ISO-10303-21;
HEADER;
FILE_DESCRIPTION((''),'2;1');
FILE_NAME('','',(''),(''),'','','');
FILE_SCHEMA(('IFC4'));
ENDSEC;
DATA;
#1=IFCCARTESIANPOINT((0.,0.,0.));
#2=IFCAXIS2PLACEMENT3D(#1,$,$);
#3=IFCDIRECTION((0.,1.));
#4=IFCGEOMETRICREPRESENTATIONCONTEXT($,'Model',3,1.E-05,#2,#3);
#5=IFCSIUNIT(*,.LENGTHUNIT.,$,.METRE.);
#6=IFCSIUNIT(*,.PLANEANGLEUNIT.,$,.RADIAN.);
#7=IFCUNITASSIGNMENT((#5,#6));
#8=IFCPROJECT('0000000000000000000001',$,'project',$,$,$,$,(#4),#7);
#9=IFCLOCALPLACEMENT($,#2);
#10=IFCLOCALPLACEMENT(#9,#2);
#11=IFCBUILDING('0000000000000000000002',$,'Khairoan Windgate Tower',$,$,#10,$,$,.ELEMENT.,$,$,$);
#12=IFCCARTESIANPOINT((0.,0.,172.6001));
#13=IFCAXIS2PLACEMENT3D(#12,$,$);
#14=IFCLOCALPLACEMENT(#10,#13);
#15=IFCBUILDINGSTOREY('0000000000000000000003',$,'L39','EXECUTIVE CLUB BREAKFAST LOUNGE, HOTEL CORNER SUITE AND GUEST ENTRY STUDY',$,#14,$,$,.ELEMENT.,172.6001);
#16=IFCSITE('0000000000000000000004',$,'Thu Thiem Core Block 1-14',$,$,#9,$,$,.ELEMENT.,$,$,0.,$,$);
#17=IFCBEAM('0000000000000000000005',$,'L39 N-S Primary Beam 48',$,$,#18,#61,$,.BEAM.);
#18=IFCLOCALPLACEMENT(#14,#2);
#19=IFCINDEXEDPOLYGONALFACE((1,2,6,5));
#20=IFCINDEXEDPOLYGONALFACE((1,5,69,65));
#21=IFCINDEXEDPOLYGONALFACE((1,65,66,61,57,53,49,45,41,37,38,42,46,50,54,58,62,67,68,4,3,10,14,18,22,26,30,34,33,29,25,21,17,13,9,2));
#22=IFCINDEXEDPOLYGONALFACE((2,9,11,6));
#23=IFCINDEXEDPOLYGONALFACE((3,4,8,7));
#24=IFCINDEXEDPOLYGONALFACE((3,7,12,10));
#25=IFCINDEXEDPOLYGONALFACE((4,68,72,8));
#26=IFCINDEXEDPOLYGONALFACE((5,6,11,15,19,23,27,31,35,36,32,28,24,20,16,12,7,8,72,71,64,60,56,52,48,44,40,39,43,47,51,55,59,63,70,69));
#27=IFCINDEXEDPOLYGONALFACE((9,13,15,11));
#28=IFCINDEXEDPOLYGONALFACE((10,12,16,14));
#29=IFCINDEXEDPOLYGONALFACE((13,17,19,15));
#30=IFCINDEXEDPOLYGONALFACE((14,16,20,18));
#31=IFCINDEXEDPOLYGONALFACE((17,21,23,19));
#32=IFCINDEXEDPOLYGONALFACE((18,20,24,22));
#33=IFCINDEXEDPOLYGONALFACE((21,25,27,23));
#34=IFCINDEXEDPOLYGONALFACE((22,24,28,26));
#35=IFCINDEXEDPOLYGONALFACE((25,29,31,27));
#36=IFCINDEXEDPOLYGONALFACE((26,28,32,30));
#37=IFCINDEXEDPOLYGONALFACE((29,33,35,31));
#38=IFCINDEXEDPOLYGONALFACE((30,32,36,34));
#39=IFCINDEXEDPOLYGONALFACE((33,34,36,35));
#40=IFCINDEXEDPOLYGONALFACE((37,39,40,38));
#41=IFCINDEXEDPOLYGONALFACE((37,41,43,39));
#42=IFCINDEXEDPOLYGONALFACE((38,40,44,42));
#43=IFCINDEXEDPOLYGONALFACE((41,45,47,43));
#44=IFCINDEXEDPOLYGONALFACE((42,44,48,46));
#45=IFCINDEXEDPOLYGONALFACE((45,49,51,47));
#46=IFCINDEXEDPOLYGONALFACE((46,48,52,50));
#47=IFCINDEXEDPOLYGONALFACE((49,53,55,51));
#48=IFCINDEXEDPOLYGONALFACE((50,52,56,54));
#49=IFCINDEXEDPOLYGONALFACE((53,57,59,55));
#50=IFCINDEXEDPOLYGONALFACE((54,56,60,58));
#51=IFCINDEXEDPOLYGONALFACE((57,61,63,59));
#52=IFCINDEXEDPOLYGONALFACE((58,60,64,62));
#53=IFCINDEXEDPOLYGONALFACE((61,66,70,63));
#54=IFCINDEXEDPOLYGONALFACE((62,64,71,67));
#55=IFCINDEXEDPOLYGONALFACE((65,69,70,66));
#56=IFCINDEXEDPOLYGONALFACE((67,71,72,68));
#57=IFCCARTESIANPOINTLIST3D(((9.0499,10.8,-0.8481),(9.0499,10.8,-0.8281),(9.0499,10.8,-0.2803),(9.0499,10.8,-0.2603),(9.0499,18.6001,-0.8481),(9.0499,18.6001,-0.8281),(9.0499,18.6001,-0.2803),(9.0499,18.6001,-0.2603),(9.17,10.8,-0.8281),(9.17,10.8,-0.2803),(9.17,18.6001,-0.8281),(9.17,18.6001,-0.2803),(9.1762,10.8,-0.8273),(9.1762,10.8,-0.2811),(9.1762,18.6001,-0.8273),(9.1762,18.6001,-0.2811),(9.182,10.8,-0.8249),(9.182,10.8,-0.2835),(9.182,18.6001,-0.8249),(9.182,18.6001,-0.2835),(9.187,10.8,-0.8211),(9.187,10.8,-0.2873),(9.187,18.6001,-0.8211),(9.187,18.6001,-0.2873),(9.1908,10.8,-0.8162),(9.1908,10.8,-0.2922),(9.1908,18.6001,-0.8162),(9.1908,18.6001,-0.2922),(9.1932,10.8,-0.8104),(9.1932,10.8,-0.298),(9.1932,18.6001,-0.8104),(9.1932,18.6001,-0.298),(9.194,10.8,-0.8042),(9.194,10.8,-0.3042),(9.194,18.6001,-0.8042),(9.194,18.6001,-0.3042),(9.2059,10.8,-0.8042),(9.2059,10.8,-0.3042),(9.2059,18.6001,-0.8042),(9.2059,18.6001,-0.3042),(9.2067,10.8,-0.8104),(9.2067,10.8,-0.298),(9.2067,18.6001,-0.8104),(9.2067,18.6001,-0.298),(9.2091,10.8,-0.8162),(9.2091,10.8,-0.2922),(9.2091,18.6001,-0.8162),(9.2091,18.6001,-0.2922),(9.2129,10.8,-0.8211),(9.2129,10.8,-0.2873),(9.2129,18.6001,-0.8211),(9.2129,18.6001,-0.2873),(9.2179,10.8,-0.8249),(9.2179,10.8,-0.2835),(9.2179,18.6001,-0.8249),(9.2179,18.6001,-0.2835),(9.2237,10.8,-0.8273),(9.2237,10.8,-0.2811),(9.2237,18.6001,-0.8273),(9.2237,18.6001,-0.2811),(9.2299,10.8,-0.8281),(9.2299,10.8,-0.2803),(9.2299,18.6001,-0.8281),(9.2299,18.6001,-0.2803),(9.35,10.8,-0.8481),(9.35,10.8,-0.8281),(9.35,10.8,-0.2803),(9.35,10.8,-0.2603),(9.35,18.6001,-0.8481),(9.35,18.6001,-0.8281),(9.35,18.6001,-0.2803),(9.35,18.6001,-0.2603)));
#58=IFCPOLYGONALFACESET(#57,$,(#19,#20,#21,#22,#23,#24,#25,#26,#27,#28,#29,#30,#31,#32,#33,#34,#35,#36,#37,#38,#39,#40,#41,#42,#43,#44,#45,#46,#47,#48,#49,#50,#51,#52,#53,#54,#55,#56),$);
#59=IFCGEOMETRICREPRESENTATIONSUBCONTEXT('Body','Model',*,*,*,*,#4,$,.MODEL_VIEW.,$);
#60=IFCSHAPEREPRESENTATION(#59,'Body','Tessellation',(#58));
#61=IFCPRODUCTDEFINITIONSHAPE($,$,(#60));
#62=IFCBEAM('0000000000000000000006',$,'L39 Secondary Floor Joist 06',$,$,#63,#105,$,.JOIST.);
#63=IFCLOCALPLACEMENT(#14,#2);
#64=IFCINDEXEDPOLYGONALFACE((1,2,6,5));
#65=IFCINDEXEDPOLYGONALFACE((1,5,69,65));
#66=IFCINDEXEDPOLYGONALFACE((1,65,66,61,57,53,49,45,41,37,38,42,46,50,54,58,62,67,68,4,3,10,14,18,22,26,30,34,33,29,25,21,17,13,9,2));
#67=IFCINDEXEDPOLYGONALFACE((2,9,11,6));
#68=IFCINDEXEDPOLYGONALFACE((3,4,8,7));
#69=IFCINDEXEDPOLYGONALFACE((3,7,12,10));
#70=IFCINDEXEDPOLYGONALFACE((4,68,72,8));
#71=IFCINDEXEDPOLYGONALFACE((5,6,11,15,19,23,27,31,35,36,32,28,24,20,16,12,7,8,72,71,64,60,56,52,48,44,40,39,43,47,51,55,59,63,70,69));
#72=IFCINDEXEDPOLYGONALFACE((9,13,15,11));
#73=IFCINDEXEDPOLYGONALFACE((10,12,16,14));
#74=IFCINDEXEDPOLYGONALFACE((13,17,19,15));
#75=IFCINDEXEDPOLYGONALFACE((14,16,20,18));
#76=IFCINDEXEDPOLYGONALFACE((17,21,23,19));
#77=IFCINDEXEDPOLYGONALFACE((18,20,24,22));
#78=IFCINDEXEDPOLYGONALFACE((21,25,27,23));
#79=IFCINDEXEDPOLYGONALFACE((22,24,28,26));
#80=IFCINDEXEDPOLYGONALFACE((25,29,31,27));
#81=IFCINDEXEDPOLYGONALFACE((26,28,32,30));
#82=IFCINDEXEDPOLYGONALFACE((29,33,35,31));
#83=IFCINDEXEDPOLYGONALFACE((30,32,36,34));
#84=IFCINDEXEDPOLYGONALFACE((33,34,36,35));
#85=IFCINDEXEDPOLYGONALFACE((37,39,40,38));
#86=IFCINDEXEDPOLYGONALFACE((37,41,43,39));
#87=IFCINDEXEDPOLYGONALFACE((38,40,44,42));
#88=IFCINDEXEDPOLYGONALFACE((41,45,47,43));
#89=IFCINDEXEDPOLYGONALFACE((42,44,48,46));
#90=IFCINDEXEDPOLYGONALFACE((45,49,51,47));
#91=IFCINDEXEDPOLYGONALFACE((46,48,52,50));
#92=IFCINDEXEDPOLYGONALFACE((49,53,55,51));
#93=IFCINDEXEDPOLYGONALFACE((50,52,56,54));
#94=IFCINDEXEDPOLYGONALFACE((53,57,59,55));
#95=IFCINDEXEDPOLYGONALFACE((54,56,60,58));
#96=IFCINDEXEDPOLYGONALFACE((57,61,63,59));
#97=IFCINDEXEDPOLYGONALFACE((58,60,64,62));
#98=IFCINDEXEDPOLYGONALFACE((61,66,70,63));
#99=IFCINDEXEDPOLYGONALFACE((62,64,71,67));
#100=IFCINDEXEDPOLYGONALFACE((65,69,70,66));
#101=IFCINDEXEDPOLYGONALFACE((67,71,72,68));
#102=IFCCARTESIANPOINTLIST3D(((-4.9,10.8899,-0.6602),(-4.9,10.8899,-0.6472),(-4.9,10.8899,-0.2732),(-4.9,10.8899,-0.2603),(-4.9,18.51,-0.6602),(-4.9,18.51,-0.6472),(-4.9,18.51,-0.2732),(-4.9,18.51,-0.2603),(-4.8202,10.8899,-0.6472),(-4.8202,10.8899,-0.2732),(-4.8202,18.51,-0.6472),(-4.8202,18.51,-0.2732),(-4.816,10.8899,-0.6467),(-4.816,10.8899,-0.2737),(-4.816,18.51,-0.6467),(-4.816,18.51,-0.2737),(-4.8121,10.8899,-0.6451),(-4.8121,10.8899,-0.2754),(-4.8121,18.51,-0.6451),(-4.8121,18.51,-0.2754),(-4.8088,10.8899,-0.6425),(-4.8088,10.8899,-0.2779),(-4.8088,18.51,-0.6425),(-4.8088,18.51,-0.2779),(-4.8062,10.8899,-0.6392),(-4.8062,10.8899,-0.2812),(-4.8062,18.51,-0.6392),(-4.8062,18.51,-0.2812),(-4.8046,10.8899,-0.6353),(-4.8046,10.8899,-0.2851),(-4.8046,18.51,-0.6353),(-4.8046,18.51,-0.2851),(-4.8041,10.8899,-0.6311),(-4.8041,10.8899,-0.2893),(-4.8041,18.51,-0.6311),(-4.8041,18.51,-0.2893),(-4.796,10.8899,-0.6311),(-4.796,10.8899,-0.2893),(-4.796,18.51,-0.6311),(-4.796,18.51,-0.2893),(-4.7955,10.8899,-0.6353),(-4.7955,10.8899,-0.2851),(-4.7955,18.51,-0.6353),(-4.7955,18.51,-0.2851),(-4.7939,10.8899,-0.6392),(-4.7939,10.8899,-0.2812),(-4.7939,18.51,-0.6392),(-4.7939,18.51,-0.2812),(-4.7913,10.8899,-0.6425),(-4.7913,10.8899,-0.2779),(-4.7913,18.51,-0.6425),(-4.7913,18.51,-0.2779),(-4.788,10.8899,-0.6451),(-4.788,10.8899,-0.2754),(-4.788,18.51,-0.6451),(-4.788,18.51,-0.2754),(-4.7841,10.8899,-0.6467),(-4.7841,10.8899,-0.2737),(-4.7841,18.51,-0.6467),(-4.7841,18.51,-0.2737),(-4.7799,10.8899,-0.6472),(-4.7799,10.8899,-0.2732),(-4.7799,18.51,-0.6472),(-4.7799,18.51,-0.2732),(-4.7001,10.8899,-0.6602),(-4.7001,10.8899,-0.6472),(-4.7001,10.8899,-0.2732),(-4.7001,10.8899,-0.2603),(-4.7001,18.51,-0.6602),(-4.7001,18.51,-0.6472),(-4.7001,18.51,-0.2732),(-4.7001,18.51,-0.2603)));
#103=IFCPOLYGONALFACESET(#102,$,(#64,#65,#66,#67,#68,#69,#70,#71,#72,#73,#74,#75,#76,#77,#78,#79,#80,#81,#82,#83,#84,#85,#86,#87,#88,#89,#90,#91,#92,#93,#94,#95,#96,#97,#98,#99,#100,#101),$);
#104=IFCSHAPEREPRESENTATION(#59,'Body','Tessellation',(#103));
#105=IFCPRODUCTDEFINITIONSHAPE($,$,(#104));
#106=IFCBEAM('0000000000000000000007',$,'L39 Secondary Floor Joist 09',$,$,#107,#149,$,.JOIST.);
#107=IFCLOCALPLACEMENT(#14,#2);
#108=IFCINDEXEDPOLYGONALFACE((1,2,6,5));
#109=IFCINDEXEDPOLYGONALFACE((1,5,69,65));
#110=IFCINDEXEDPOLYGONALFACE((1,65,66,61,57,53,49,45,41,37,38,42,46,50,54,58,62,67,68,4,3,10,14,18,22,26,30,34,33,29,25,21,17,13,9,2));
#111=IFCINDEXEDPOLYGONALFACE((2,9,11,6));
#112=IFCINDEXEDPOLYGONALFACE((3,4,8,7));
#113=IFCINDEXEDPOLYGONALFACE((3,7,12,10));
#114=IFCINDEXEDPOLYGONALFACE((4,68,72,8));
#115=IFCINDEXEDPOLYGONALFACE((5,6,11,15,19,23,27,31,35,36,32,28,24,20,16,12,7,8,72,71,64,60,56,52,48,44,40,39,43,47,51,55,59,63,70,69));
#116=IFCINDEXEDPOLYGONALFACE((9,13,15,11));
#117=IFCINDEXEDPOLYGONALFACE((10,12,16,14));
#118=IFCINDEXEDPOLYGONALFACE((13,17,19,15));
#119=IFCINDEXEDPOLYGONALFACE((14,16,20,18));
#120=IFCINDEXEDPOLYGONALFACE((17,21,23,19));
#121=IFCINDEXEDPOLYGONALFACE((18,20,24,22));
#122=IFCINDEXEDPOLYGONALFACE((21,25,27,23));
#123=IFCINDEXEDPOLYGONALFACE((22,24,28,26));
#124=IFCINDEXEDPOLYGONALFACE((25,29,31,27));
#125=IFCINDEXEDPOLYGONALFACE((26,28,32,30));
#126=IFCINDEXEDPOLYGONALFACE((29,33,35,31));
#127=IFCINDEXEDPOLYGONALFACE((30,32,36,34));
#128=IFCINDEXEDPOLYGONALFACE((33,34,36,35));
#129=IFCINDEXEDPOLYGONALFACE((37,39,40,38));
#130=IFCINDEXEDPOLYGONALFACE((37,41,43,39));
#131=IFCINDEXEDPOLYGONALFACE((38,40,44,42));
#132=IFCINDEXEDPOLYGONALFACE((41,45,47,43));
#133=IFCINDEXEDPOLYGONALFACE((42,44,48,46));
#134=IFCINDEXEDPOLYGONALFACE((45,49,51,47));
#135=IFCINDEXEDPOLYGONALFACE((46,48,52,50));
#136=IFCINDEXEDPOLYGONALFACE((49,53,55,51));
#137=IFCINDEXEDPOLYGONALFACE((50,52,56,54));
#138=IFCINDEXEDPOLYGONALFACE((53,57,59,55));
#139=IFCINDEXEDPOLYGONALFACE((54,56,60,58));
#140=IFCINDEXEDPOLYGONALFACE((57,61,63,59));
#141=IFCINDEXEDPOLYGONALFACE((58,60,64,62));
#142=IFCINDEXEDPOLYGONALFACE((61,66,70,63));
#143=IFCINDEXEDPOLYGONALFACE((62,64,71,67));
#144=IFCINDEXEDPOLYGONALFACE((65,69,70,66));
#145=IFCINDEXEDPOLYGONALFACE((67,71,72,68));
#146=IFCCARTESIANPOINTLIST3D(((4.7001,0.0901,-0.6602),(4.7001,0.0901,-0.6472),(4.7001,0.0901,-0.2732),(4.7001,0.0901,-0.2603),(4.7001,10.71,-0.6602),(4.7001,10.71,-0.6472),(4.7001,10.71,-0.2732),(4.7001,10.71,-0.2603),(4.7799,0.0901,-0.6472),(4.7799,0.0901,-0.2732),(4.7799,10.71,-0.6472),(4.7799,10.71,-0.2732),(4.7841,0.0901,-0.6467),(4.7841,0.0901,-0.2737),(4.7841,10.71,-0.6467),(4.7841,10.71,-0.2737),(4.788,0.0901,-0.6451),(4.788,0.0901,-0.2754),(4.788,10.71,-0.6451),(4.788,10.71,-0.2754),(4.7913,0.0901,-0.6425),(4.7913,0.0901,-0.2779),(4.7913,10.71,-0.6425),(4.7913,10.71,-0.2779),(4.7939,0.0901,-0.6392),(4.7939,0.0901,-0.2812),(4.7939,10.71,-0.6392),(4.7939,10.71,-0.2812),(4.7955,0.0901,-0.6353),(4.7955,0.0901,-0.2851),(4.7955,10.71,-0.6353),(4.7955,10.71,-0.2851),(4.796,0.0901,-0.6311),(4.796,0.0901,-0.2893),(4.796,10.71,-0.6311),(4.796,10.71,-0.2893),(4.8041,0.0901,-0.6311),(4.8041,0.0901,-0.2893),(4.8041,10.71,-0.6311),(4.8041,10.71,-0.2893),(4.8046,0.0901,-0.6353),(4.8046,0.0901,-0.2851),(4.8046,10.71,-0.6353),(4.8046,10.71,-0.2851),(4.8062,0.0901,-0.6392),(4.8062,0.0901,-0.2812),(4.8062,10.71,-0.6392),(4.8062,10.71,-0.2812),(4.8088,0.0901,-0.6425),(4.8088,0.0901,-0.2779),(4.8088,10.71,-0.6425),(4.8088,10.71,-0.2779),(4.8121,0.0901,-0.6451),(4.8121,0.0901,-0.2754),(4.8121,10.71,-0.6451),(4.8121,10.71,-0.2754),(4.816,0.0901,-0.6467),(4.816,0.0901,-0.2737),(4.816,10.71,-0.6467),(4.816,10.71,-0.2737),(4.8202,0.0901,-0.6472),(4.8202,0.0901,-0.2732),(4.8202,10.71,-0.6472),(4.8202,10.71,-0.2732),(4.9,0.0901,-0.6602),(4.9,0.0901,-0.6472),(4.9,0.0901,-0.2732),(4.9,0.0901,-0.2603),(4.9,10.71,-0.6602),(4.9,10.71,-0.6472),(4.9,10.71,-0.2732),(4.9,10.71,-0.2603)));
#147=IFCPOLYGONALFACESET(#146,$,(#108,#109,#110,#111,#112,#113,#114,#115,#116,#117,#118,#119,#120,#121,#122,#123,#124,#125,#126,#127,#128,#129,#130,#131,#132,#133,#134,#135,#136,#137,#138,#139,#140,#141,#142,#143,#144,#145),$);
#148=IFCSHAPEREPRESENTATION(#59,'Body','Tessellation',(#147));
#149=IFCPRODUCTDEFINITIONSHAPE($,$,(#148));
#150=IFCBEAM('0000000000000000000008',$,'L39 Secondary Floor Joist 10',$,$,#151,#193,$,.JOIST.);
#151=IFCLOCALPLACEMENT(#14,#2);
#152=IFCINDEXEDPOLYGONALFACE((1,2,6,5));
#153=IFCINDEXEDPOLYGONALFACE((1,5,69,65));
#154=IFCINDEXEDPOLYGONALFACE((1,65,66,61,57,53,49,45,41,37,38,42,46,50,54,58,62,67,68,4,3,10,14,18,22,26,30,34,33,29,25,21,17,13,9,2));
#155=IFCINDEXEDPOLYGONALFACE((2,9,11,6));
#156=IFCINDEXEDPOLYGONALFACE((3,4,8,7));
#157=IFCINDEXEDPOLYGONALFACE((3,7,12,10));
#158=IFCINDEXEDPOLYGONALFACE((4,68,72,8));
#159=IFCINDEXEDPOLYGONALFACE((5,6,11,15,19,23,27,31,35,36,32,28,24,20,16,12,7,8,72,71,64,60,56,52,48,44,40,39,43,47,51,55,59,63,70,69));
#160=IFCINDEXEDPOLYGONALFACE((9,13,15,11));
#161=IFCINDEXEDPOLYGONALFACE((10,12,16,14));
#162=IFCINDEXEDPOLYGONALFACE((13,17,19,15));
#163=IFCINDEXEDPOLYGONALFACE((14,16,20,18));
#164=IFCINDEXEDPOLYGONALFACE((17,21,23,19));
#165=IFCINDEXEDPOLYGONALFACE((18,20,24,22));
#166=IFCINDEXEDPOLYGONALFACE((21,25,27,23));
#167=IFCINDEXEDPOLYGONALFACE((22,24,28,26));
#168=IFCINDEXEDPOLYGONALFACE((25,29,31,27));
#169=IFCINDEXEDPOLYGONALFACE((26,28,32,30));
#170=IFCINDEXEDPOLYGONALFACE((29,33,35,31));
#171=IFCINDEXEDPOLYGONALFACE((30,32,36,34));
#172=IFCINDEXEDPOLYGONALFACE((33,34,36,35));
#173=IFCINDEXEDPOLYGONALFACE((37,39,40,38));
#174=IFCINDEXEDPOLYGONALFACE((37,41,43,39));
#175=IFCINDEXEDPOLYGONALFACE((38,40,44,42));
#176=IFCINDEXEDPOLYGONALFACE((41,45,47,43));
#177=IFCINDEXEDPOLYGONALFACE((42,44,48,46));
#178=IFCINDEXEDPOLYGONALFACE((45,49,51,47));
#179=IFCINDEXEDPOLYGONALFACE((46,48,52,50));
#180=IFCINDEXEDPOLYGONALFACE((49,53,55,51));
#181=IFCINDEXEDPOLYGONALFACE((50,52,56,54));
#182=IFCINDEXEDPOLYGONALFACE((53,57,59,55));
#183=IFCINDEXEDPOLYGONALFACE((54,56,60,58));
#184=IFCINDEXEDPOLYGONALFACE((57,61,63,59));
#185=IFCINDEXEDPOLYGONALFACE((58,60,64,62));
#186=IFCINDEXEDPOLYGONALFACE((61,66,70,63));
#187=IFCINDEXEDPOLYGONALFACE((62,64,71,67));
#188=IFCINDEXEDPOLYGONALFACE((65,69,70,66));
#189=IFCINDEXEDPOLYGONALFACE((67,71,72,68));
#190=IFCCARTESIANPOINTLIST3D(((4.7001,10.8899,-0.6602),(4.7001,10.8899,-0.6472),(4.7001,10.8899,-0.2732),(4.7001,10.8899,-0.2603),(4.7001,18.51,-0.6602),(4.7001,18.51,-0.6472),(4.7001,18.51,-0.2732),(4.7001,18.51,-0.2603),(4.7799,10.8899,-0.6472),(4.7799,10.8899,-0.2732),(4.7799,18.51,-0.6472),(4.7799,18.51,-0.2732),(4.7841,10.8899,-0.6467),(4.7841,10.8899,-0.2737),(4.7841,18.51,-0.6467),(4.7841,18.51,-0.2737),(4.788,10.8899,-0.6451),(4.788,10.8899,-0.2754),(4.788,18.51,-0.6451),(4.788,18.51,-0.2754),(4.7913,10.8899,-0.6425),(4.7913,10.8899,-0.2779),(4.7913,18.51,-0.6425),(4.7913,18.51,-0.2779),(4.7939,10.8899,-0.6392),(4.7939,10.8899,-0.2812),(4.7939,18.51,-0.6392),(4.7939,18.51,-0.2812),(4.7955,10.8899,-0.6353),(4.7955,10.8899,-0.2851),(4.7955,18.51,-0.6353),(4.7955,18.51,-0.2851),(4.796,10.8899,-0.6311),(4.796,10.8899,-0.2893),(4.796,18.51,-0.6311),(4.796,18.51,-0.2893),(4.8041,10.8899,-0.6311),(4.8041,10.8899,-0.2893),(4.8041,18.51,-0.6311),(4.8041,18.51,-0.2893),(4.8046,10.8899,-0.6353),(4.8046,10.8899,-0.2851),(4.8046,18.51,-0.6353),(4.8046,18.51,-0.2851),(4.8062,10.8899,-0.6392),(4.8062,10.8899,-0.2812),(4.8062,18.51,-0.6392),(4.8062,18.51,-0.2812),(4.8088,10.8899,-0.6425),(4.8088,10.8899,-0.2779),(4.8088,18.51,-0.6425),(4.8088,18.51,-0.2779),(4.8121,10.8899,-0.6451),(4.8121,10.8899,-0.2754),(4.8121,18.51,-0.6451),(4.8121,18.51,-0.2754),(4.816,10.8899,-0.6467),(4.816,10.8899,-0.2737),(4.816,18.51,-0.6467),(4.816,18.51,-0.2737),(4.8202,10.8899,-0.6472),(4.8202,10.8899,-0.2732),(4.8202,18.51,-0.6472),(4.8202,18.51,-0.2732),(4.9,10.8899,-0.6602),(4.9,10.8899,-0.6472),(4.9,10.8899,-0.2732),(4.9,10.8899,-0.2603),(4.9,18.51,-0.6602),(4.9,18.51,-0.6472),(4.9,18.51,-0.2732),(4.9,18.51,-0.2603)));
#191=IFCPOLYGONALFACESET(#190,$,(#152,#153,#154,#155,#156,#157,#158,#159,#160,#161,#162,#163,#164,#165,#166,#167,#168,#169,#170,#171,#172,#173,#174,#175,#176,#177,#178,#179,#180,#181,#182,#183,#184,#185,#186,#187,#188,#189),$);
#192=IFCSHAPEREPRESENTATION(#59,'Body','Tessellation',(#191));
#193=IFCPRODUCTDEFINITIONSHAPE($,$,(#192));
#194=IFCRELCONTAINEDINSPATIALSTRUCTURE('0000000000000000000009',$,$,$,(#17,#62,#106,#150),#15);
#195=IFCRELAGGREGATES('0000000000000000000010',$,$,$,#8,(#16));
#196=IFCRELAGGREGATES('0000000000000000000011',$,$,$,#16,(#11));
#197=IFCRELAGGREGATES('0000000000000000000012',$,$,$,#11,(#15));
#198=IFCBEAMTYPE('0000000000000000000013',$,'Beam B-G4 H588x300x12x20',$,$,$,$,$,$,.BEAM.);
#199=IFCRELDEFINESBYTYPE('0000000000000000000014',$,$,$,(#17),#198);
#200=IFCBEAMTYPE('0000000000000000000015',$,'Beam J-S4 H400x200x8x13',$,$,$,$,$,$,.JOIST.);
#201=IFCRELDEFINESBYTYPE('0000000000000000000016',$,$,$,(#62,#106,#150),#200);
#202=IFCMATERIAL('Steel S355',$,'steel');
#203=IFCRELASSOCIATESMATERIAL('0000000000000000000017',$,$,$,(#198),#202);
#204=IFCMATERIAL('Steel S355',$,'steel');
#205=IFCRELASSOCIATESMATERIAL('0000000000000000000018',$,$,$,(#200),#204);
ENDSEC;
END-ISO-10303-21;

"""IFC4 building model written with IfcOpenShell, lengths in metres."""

from ifc_helpers import new_model, si_unit, direction, frame, origin, origin_2d, place, context, subcontext, project, spatial, i_section, extrude, material, material_profile, profile_set, type_object, element, save


model = new_model("IFC4")

# Units and contexts
model_context = context("Model", 3, precision=1e-05, world=origin(), true_north=direction((0.0, 1.0)))
body_context = subcontext(model_context, "Body", "Model", "MODEL_VIEW")
ifc_project = project(units=[si_unit("LENGTHUNIT", "METRE"), si_unit("PLANEANGLEUNIT", "RADIAN")], contexts=[model_context])

# Site, building, storey
site_placement = place(None, origin())
site = spatial("IfcSite", under=ifc_project, at=site_placement, Name="Thu Thiem Core Block 1-14", CompositionType="ELEMENT", RefElevation=0.0)
building_placement = place(site_placement, origin())
building = spatial("IfcBuilding", under=site, at=building_placement, Name="Khairoan Windgate Tower", CompositionType="ELEMENT")
storey_placement = place(building_placement, frame((0.0, 0.0, 172.6001)))
storey = spatial("IfcBuildingStorey", under=building, at=storey_placement, Name="L39", Description="EXECUTIVE CLUB BREAKFAST LOUNGE, HOTEL CORNER SUITE AND GUEST ENTRY STUDY", CompositionType="ELEMENT", Elevation=172.6001)

# Beams
ifc_material_1 = material(Name="Steel S355", Category="steel")
ifc_material_profile_1 = material_profile(ifc_material_1, i_section(OverallWidth=0.3, OverallDepth=0.5879, WebThickness=0.012, FlangeThickness=0.02, FilletRadius=0.0239, at=origin_2d()))
ifc_profile_set_1 = profile_set([ifc_material_profile_1], Name="Steel S355")
beam_type_1 = type_object("IfcBeamType", Name="Beam B-G4 H588x300x12x20", PredefinedType="BEAM", material=ifc_profile_set_1)
beam_1_placement = place(storey_placement, frame((9.2, 10.8, -0.5542), z_axis=(0.0, 1.0, 0.0), x_axis=(-1.0, 0.0, 0.0)))
element("IfcBeam", 1, at=beam_1_placement, inside=storey, type_object=beam_type_1, Name="L39 N-S Primary Beam 48", PredefinedType="BEAM", context=body_context, shape_type="SweptSolid", body=[
    extrude(i_section(OverallWidth=0.3, OverallDepth=0.5879, WebThickness=0.012, FlangeThickness=0.02, FilletRadius=0.0239, at=origin_2d()), origin(), (0.0, 0.0, 1.0), 7.8),
])
ifc_material_2 = material(Name="Steel S355", Category="steel")
ifc_material_profile_2 = material_profile(ifc_material_2, i_section(OverallWidth=0.2, OverallDepth=0.3999, WebThickness=0.0081, FlangeThickness=0.0129, FilletRadius=0.0161, at=origin_2d()))
ifc_profile_set_2 = profile_set([ifc_material_profile_2], Name="Steel S355")
beam_type_2 = type_object("IfcBeamType", Name="Beam J-S4 H400x200x8x13", PredefinedType="JOIST", material=ifc_profile_set_2)
beam_2_placement = place(storey_placement, frame((-4.8, 10.8899, -0.4602), z_axis=(0.0, 1.0, 0.0), x_axis=(-1.0, 0.0, 0.0)))
element("IfcBeam", 2, at=beam_2_placement, inside=storey, type_object=beam_type_2, Name="L39 Secondary Floor Joist 06", PredefinedType="JOIST", context=body_context, shape_type="SweptSolid", body=[
    extrude(i_section(OverallWidth=0.2, OverallDepth=0.3999, WebThickness=0.0081, FlangeThickness=0.0129, FilletRadius=0.0161, at=origin_2d()), origin(), (0.0, 0.0, 1.0), 7.6201),
])
beam_3_placement = place(storey_placement, frame((4.8, 0.0901, -0.4602), z_axis=(0.0, 1.0, 0.0), x_axis=(-1.0, 0.0, 0.0)))
element("IfcBeam", 3, at=beam_3_placement, inside=storey, type_object=beam_type_2, Name="L39 Secondary Floor Joist 09", PredefinedType="JOIST", context=body_context, shape_type="SweptSolid", body=[
    extrude(i_section(OverallWidth=0.2, OverallDepth=0.3999, WebThickness=0.0081, FlangeThickness=0.0129, FilletRadius=0.0161, at=origin_2d()), origin(), (0.0, 0.0, 1.0), 10.6199),
])
beam_4_placement = place(storey_placement, frame((4.8, 10.8899, -0.4602), z_axis=(0.0, 1.0, 0.0), x_axis=(-1.0, 0.0, 0.0)))
element("IfcBeam", 4, at=beam_4_placement, inside=storey, type_object=beam_type_2, Name="L39 Secondary Floor Joist 10", PredefinedType="JOIST", context=body_context, shape_type="SweptSolid", body=[
    extrude(i_section(OverallWidth=0.2, OverallDepth=0.3999, WebThickness=0.0081, FlangeThickness=0.0129, FilletRadius=0.0161, at=origin_2d()), origin(), (0.0, 0.0, 1.0), 7.6201),
])

save(model, "model.ifc")
